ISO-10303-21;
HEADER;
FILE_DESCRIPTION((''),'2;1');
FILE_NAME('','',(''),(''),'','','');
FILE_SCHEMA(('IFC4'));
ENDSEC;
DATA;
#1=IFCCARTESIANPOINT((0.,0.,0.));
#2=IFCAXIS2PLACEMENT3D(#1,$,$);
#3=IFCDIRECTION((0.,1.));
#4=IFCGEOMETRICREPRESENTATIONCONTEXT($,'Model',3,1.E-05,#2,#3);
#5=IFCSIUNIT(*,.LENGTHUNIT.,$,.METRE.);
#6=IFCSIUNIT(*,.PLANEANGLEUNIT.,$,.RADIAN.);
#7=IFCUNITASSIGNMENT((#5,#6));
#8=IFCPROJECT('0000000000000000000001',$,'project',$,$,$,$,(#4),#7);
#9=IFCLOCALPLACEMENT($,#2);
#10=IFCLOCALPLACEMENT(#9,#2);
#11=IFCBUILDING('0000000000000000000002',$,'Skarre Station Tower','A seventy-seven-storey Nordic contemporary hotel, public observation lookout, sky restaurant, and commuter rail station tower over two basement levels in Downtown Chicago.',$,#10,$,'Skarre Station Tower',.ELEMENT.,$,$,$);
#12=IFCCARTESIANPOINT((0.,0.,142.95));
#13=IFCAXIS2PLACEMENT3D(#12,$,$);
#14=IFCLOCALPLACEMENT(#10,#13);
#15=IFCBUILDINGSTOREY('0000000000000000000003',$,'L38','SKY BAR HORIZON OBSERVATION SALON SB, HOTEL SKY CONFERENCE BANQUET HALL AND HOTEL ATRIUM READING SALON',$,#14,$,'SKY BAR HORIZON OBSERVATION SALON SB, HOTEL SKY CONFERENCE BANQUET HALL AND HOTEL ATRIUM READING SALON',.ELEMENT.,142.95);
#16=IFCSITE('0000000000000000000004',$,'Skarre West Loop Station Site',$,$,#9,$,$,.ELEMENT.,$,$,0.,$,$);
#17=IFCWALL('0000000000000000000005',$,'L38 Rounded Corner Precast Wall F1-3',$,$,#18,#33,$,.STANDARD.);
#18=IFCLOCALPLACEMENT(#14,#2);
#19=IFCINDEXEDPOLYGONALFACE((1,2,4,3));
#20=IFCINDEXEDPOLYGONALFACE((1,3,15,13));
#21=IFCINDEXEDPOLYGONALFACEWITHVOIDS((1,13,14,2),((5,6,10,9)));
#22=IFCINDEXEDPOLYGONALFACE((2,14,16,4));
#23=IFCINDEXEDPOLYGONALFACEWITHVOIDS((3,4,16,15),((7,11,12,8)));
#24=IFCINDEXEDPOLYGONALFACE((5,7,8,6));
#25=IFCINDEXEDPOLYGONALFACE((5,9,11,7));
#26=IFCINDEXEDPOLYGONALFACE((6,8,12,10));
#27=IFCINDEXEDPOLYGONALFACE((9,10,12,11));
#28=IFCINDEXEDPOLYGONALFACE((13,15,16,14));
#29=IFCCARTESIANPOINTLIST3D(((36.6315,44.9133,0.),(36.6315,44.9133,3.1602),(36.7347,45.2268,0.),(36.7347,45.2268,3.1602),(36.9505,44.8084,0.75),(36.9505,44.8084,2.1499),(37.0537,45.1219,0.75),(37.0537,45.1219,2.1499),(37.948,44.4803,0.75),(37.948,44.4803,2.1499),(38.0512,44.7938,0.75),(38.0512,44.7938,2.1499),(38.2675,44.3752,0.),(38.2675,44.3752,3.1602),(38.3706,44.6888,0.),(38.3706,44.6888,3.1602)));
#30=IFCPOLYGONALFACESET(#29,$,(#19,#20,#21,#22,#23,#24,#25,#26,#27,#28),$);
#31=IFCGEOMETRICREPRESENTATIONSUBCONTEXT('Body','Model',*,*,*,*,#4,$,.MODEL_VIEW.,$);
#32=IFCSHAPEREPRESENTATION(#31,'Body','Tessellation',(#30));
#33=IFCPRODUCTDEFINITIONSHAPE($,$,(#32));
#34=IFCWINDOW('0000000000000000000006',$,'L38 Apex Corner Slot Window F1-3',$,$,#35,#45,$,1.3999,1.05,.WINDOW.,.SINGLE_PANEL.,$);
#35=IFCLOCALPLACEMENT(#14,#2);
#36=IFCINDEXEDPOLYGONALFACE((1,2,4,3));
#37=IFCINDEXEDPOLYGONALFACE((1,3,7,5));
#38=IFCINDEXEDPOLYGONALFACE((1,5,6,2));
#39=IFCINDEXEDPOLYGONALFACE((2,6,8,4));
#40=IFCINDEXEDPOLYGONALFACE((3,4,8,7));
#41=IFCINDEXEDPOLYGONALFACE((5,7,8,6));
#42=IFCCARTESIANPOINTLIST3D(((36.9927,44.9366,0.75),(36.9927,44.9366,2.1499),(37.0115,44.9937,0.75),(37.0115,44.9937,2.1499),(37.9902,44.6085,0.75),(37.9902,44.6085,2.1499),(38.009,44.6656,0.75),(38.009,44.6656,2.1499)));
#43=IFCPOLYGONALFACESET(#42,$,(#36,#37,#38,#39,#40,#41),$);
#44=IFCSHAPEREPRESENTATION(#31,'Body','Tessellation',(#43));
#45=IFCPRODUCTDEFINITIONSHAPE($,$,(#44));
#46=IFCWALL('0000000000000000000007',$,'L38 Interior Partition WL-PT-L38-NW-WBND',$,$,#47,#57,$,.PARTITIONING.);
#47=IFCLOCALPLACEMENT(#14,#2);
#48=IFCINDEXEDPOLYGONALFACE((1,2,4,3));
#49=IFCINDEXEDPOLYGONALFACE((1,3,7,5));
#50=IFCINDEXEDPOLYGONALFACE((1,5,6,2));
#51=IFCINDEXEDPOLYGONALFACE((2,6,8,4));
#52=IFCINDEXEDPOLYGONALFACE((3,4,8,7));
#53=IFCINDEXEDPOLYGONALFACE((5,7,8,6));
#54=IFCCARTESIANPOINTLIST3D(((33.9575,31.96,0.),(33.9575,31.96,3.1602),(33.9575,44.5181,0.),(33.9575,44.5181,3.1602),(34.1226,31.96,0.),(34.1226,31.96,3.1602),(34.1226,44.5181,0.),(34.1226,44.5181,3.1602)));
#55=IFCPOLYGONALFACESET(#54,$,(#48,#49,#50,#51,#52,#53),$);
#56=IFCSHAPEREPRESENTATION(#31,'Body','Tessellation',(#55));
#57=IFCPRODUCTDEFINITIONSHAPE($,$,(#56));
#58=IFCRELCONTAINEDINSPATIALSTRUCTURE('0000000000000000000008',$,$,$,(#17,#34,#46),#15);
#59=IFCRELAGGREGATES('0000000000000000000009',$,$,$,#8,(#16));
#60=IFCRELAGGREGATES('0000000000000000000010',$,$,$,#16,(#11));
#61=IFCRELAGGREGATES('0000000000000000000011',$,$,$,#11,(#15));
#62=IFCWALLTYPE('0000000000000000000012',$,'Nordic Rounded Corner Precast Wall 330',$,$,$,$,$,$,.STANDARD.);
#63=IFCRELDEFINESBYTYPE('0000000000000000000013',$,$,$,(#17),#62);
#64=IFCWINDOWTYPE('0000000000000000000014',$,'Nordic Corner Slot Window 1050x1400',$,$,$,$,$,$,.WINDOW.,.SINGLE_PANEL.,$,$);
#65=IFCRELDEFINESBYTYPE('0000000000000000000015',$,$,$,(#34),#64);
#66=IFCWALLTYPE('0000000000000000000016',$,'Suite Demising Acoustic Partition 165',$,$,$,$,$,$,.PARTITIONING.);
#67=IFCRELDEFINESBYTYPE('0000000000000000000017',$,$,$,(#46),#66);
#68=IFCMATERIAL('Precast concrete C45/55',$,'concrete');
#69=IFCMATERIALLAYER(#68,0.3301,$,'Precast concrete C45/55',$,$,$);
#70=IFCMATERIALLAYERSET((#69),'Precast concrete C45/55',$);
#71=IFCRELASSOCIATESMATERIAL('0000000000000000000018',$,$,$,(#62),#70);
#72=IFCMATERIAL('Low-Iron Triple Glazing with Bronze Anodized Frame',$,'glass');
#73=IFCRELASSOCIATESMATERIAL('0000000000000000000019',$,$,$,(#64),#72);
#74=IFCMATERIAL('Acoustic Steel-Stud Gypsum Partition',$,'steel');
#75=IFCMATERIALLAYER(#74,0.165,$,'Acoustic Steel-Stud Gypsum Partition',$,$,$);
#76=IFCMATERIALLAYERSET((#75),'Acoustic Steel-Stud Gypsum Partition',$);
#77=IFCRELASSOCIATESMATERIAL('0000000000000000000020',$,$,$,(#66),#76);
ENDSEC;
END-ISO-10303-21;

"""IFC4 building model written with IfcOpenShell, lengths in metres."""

from ifc_helpers import new_model, si_unit, direction, frame, frame_2d, origin, place, context, subcontext, project, spatial, rectangle, extrude, material, layer, layer_set, type_object, element, fill, save


model = new_model("IFC4")

# Units and contexts
model_context = context("Model", 3, precision=1e-05, world=origin(), true_north=direction((0.0, 1.0)))
body_context = subcontext(model_context, "Body", "Model", "MODEL_VIEW")
ifc_project = project(units=[si_unit("LENGTHUNIT", "METRE"), si_unit("PLANEANGLEUNIT", "RADIAN")], contexts=[model_context])

# Site, building, storey
site_placement = place(None, origin())
site = spatial("IfcSite", under=ifc_project, at=site_placement, Name="Skarre West Loop Station Site", CompositionType="ELEMENT", RefElevation=0.0)
building_placement = place(site_placement, origin())
building = spatial("IfcBuilding", under=site, at=building_placement, Name="Skarre Station Tower", Description="A seventy-seven-storey Nordic contemporary hotel, public observation lookout, sky restaurant, and commuter rail station tower over two basement levels in Downtown Chicago.", LongName="Skarre Station Tower", CompositionType="ELEMENT")
storey_placement = place(building_placement, frame((0.0, 0.0, 142.95)))
storey = spatial("IfcBuildingStorey", under=building, at=storey_placement, Name="L38", Description="SKY BAR HORIZON OBSERVATION SALON SB, HOTEL SKY CONFERENCE BANQUET HALL AND HOTEL ATRIUM READING SALON", LongName="SKY BAR HORIZON OBSERVATION SALON SB, HOTEL SKY CONFERENCE BANQUET HALL AND HOTEL ATRIUM READING SALON", CompositionType="ELEMENT", Elevation=142.95)

# Shared definitions
ifc_material_1 = material(Name="Acoustic Steel-Stud Gypsum Partition", Category="steel")

# Shared definitions
ifc_material_2 = material(Name="Precast concrete C45/55", Category="concrete")
ifc_material_3 = material(Name="Low-Iron Triple Glazing with Bronze Anodized Frame", Category="glass")

# Wall, opening, window
ifc_layer_1 = layer(ifc_material_2, 0.3301, Name="Precast concrete C45/55")
ifc_layer_set_1 = layer_set([ifc_layer_1], Name="Precast concrete C45/55")
wall_type_1 = type_object("IfcWallType", Name="Nordic Rounded Corner Precast Wall 330", PredefinedType="STANDARD", material=ifc_layer_set_1)
window_type_1 = type_object("IfcWindowType", Name="Nordic Corner Slot Window 1050x1400", PartitioningType="SINGLE_PANEL", PredefinedType="WINDOW", material=ifc_material_3)
wall_1_placement = place(storey_placement, frame((36.6831, 45.0701, 0.0), z_axis=(0.0, 0.0, 1.0), x_axis=(0.949937, -0.31244, 0.0)))
wall_1 = element("IfcWall", 1, at=wall_1_placement, inside=storey, type_object=wall_type_1, Name="L38 Rounded Corner Precast Wall F1-3", PredefinedType="STANDARD", context=body_context, shape_type="SweptSolid", body=[
    extrude(rectangle(XDim=1.7222, YDim=0.3301, at=frame_2d((0.8611, 0.0))), origin(), (0.0, 0.0, 1.0), 3.1602),
])
opening_1_placement = place(wall_1_placement, frame((0.3359, 0.0, 0.75)))
opening_1 = element("IfcOpeningElement", 2, at=opening_1_placement, cuts=wall_1, PredefinedType="OPENING", context=body_context, shape_type="SweptSolid", body=[
    extrude(rectangle(XDim=1.05, YDim=1.3999, at=frame_2d((0.5249, 0.7))), frame((0.0, 0.175, 0.0), z_axis=(0.0, -1.0, 0.0), x_axis=(1.0, 0.0, 0.0)), (0.0, 0.0, 1.0), 0.3501),
])
window_1_placement = place(opening_1_placement, origin())
window_1 = element("IfcWindow", 3, at=window_1_placement, inside=storey, type_object=window_type_1, Name="L38 Apex Corner Slot Window F1-3", OverallHeight=1.3999, OverallWidth=1.05, PartitioningType="SINGLE_PANEL", PredefinedType="WINDOW", context=body_context, shape_type="SweptSolid", body=[
    extrude(rectangle(XDim=1.05, YDim=1.3999, at=frame_2d((0.5249, 0.7))), frame((0.0, 0.03, 0.0), z_axis=(0.0, -1.0, 0.0), x_axis=(1.0, 0.0, 0.0)), (0.0, 0.0, 1.0), 0.0601),
])
fill(opening_1, window_1)

# Wall
ifc_layer_2 = layer(ifc_material_1, 0.165, Name="Acoustic Steel-Stud Gypsum Partition")
ifc_layer_set_2 = layer_set([ifc_layer_2], Name="Acoustic Steel-Stud Gypsum Partition")
wall_type_2 = type_object("IfcWallType", Name="Suite Demising Acoustic Partition 165", PredefinedType="PARTITIONING", material=ifc_layer_set_2)
wall_2_placement = place(storey_placement, frame((34.04, 31.96, 0.0), z_axis=(0.0, 0.0, 1.0), x_axis=(0.0, 1.0, 0.0)))
element("IfcWall", 4, at=wall_2_placement, inside=storey, type_object=wall_type_2, Name="L38 Interior Partition WL-PT-L38-NW-WBND", PredefinedType="PARTITIONING", context=body_context, shape_type="SweptSolid", body=[
    extrude(rectangle(XDim=12.5581, YDim=0.165, at=frame_2d((6.2791, 0.0))), origin(), (0.0, 0.0, 1.0), 3.1602),
])

save(model, "model.ifc")
